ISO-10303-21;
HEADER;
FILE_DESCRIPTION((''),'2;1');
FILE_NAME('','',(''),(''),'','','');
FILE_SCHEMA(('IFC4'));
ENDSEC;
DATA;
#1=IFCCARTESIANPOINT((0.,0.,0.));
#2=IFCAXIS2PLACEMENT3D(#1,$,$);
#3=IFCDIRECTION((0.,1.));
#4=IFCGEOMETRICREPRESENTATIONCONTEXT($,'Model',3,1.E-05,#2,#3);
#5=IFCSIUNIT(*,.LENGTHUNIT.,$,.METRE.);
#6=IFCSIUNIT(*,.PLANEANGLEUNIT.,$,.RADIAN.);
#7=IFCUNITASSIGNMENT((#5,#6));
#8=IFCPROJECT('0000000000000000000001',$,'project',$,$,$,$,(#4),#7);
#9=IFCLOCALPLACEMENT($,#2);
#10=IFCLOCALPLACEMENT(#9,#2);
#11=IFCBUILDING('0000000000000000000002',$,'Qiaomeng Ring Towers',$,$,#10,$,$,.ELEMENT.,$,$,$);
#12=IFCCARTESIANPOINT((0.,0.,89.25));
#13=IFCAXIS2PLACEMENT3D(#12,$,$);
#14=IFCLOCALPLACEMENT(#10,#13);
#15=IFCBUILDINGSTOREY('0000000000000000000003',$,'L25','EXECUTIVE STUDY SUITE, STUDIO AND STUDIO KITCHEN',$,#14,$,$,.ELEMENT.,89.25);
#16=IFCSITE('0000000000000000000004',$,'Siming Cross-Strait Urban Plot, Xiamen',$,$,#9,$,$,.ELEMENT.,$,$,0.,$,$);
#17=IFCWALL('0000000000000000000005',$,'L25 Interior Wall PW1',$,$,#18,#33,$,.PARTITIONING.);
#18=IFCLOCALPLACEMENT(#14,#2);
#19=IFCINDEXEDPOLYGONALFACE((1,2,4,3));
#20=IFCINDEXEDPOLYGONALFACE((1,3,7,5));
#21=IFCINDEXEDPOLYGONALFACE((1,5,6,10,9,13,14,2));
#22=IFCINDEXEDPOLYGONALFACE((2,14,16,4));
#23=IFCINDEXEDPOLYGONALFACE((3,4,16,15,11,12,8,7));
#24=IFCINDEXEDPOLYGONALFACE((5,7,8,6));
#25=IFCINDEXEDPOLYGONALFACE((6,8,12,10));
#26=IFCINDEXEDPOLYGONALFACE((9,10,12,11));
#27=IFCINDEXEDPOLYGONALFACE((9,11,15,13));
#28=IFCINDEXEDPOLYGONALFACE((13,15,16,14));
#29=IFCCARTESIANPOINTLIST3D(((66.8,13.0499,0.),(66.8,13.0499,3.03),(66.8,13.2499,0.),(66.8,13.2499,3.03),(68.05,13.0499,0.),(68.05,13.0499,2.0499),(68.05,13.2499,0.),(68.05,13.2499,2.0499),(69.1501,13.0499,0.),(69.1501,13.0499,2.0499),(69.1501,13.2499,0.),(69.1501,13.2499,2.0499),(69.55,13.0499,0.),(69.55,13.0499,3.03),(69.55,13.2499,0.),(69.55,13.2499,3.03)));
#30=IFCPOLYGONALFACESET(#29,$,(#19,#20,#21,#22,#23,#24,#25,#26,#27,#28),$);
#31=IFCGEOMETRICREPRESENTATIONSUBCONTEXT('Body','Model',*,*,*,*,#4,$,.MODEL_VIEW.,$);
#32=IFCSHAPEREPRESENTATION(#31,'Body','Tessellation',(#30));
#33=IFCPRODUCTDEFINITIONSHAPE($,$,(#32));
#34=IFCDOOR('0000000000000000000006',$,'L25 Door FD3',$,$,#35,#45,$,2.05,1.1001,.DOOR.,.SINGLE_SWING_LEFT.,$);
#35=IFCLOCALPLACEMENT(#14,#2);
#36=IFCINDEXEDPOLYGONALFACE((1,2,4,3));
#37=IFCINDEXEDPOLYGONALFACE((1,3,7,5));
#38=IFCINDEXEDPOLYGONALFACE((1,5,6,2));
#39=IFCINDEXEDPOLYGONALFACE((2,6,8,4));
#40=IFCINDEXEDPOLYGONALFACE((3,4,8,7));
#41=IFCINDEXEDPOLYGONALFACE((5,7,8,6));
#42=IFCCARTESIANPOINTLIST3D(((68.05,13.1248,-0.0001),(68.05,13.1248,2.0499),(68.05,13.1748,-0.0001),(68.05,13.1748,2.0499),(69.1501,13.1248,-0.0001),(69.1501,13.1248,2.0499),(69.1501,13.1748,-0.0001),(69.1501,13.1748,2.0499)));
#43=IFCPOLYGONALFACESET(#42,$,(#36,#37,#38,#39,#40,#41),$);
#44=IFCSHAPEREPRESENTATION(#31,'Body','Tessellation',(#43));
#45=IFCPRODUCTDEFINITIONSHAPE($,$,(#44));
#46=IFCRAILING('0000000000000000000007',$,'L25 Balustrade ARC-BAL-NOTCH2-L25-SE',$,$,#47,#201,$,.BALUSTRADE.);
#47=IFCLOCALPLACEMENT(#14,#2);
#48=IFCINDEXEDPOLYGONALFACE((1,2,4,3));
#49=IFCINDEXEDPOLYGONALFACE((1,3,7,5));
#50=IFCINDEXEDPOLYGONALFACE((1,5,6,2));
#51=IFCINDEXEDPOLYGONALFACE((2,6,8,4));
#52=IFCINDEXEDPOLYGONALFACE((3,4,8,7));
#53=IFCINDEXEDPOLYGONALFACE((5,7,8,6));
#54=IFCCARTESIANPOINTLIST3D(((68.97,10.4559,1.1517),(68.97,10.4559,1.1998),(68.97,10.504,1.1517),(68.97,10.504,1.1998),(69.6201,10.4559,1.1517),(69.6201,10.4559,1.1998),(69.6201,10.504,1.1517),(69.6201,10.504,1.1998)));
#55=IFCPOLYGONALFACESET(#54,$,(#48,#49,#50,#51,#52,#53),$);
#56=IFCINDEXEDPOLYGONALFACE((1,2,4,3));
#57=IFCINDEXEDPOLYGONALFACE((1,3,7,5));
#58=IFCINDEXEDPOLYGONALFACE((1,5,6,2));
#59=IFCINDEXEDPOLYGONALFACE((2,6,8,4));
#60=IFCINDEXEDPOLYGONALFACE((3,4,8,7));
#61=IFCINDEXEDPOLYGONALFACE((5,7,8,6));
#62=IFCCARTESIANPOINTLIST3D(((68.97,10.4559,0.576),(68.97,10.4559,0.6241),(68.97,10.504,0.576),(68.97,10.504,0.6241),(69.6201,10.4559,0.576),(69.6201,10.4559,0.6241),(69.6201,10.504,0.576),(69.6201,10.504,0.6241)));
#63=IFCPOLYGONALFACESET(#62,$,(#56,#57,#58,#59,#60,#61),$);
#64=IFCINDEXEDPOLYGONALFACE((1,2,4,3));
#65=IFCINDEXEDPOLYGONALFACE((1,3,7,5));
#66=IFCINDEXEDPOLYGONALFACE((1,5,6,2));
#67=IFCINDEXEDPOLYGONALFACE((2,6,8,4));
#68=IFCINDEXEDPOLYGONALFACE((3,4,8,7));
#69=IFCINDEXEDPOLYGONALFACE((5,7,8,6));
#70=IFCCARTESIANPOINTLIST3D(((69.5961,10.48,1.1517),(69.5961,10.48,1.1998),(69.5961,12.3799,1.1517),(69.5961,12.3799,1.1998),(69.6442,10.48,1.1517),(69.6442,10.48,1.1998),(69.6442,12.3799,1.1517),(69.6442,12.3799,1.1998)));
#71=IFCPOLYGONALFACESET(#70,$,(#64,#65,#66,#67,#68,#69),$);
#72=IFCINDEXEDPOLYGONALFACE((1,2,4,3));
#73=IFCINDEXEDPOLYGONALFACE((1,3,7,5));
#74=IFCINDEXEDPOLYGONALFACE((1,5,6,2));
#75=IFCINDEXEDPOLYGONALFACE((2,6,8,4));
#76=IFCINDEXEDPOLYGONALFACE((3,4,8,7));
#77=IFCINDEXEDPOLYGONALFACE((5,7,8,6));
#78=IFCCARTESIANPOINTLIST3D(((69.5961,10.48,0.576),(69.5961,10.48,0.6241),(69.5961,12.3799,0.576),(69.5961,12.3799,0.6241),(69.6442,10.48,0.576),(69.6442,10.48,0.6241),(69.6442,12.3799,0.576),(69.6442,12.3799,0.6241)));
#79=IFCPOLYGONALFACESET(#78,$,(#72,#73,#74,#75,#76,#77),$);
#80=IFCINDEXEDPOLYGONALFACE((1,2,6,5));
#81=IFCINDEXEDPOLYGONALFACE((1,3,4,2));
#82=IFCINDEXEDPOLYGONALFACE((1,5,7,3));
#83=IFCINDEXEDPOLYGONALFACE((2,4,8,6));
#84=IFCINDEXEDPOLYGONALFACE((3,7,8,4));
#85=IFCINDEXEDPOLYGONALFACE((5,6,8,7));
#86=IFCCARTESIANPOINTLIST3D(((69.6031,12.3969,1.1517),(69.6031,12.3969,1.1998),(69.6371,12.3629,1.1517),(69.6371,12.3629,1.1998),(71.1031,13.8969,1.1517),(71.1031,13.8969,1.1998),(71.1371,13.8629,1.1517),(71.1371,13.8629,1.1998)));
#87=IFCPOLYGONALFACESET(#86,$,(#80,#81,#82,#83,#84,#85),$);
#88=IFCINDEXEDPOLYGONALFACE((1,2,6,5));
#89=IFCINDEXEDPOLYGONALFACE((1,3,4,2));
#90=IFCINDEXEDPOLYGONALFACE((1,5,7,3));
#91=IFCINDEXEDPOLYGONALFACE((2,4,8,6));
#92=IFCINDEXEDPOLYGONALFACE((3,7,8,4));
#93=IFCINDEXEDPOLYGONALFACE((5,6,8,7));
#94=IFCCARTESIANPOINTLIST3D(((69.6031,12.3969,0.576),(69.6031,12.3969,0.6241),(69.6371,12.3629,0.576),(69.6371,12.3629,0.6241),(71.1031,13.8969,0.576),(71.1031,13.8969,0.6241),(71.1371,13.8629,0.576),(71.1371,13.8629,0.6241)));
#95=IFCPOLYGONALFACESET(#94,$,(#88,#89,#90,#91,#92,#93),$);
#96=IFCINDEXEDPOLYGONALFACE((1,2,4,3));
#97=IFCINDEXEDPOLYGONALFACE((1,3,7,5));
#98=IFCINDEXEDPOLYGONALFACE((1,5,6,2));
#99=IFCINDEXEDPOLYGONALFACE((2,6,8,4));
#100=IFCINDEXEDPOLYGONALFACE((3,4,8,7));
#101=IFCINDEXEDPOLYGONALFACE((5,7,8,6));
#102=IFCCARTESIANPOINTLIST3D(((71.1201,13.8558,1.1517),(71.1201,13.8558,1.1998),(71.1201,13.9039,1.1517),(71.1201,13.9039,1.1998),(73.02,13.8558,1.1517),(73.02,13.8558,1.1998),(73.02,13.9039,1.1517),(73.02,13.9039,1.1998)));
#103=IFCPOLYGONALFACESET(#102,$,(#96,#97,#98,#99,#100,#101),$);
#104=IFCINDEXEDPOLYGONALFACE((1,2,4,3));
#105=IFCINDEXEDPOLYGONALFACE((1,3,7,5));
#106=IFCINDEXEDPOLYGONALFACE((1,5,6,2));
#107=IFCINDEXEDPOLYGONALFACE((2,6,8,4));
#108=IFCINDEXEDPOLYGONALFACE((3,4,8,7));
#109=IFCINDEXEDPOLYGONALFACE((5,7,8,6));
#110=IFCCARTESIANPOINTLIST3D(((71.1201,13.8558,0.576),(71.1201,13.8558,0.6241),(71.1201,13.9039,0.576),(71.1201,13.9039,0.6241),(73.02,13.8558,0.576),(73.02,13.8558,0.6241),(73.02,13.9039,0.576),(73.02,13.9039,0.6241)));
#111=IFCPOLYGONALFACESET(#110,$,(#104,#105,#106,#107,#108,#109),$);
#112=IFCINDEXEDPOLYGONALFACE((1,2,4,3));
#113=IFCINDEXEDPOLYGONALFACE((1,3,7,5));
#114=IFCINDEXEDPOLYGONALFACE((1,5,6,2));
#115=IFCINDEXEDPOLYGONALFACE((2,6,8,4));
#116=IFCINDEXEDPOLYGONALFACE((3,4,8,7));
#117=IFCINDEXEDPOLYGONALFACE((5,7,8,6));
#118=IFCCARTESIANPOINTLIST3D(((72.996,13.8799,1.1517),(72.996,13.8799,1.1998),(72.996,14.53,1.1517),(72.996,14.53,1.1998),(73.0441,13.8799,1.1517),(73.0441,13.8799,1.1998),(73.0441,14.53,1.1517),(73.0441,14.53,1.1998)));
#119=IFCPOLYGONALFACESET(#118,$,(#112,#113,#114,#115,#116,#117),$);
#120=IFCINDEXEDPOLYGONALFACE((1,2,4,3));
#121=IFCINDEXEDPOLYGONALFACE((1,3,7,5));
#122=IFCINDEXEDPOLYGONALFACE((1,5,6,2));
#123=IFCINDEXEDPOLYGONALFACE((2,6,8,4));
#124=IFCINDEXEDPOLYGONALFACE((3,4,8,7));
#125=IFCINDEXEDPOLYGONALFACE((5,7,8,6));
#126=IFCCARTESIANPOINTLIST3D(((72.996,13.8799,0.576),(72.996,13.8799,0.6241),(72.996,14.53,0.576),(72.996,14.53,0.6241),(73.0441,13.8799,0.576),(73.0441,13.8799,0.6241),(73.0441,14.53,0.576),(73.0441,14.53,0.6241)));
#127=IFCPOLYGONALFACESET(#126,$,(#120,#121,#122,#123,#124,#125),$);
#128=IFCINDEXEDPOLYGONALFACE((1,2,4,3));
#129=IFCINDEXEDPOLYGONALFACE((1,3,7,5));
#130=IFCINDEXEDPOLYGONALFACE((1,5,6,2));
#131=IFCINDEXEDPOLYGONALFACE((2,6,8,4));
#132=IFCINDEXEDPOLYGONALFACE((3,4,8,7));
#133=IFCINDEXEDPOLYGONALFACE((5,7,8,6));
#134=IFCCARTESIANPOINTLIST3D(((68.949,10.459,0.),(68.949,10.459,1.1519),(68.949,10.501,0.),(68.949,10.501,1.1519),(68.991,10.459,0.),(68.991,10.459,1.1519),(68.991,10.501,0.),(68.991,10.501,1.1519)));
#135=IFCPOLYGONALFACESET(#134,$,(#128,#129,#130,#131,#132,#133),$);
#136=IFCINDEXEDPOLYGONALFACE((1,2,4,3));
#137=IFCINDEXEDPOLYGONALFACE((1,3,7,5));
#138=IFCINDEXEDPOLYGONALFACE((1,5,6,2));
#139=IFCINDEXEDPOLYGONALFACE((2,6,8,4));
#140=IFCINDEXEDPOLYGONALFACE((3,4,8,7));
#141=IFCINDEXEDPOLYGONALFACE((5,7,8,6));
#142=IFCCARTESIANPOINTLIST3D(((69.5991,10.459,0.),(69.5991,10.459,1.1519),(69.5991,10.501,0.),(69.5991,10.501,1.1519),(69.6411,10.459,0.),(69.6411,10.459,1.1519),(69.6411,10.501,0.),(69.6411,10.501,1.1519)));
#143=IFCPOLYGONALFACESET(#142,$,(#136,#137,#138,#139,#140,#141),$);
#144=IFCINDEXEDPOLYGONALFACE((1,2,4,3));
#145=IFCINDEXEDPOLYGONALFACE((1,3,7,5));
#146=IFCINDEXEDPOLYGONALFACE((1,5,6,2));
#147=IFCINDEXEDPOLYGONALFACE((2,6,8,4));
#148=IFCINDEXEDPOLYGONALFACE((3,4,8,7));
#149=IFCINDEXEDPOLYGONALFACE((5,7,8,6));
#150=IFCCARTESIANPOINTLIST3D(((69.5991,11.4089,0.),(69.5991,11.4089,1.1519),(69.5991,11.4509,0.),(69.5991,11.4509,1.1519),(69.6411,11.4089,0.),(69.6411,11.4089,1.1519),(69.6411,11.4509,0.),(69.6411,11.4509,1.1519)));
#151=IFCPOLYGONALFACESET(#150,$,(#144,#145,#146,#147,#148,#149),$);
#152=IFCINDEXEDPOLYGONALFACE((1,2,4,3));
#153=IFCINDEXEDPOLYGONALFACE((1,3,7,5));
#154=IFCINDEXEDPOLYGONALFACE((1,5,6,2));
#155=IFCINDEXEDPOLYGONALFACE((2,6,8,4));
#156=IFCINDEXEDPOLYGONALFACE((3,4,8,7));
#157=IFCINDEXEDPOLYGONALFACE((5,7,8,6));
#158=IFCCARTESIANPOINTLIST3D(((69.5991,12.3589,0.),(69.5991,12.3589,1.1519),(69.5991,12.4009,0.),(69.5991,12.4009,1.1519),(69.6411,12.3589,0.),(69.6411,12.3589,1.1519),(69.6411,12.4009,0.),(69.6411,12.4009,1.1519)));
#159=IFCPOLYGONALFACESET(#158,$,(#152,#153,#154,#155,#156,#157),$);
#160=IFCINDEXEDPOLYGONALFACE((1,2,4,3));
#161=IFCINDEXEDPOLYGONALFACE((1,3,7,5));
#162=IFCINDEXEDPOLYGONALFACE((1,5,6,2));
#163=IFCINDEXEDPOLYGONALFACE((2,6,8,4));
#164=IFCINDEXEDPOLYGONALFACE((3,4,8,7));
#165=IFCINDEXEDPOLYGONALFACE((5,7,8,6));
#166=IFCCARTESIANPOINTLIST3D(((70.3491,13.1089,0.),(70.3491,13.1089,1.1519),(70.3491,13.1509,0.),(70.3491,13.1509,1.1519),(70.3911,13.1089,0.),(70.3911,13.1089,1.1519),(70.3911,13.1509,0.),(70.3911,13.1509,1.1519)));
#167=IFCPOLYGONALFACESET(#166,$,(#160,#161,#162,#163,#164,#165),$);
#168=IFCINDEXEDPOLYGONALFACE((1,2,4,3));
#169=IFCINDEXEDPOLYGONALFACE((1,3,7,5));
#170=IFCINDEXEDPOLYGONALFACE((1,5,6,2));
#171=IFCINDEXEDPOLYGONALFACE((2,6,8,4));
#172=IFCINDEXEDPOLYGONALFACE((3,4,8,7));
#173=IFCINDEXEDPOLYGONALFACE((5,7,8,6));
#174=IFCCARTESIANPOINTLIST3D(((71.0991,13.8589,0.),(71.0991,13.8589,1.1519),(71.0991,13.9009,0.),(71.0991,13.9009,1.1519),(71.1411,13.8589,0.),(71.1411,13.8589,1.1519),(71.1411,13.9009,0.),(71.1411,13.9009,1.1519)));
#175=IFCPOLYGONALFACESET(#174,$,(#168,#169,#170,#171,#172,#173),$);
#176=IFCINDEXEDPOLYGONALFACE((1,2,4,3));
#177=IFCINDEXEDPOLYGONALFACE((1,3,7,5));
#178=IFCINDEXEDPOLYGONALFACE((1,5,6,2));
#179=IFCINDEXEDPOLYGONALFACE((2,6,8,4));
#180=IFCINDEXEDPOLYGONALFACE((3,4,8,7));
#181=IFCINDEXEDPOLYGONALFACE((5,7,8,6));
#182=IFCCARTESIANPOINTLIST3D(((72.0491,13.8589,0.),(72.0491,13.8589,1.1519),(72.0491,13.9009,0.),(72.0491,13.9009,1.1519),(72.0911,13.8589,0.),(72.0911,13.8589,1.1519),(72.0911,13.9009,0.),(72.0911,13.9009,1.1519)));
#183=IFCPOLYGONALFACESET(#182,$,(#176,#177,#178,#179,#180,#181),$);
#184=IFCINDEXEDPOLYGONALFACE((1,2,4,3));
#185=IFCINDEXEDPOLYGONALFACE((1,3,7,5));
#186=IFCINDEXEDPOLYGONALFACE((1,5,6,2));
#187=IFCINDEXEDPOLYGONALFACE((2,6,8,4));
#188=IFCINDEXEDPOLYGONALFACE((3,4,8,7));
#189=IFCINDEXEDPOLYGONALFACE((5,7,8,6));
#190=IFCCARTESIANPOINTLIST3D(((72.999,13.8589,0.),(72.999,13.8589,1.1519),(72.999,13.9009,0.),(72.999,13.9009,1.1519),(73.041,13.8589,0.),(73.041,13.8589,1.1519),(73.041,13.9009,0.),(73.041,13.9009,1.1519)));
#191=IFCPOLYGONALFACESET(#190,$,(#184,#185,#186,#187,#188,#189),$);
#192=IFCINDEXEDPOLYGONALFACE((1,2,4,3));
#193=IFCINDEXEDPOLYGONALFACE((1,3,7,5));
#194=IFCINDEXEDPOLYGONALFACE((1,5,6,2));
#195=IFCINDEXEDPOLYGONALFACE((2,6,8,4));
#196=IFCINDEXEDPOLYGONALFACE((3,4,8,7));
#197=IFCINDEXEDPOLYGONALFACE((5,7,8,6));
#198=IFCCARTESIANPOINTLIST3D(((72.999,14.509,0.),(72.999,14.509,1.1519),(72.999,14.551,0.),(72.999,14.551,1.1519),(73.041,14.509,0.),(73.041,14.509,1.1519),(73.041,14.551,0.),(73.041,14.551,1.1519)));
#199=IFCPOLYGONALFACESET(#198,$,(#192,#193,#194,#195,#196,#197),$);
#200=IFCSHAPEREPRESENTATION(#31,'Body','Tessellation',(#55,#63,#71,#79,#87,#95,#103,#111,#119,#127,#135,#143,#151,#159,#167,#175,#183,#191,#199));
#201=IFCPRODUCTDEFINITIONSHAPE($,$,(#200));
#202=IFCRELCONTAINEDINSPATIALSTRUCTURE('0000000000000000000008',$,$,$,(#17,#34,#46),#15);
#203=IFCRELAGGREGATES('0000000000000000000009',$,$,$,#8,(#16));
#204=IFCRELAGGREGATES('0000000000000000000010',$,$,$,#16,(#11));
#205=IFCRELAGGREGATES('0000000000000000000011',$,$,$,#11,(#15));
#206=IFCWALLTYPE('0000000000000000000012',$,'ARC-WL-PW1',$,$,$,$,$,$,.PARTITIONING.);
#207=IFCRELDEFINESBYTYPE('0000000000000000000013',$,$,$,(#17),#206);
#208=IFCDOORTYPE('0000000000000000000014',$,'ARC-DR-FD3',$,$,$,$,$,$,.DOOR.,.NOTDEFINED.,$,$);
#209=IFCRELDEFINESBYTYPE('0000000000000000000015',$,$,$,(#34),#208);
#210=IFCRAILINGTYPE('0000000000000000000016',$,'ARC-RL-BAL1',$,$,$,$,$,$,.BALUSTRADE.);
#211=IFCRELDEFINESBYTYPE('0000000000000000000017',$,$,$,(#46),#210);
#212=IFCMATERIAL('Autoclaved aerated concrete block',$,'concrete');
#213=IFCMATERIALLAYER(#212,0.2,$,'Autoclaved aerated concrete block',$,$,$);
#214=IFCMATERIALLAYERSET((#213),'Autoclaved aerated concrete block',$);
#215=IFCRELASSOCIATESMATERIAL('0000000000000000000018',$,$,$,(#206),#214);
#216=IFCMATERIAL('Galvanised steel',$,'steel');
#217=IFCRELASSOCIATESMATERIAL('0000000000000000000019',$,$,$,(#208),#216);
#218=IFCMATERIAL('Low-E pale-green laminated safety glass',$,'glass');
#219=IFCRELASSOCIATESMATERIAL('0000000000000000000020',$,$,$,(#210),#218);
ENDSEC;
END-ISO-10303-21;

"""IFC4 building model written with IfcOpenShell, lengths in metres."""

from ifc_helpers import new_model, si_unit, direction, frame, frame_2d, origin, origin_2d, place, context, subcontext, project, spatial, rectangle, extrude, source, transform, mapped, material, layer, layer_set, type_object, element, fill, save


model = new_model("IFC4")

# Units and contexts
model_context = context("Model", 3, precision=1e-05, world=origin(), true_north=direction((0.0, 1.0)))
body_context = subcontext(model_context, "Body", "Model", "MODEL_VIEW")
ifc_project = project(units=[si_unit("LENGTHUNIT", "METRE"), si_unit("PLANEANGLEUNIT", "RADIAN")], contexts=[model_context])

# Site, building, storey
site_placement = place(None, origin())
site = spatial("IfcSite", under=ifc_project, at=site_placement, Name="Siming Cross-Strait Urban Plot, Xiamen", CompositionType="ELEMENT", RefElevation=0.0)
building_placement = place(site_placement, origin())
building = spatial("IfcBuilding", under=site, at=building_placement, Name="Qiaomeng Ring Towers", CompositionType="ELEMENT")
storey_placement = place(building_placement, frame((0.0, 0.0, 89.25)))
storey = spatial("IfcBuildingStorey", under=building, at=storey_placement, Name="L25", Description="EXECUTIVE STUDY SUITE, STUDIO AND STUDIO KITCHEN", CompositionType="ELEMENT", Elevation=89.25)

# Shared definitions
ifc_material_1 = material(Name="Autoclaved aerated concrete block", Category="concrete")
ifc_layer_1 = layer(ifc_material_1, 0.2, Name="Autoclaved aerated concrete block")
ifc_layer_set_1 = layer_set([ifc_layer_1], Name="Autoclaved aerated concrete block")
wall_type_1 = type_object("IfcWallType", Name="ARC-WL-PW1", PredefinedType="PARTITIONING", material=ifc_layer_set_1)

# Wall, opening, door
wall_1_placement = place(storey_placement, frame((66.8, 13.1499, 0.0), z_axis=(0.0, 0.0, 1.0), x_axis=(1.0, 0.0, 0.0)))
wall_1 = element("IfcWall", 1, at=wall_1_placement, inside=storey, type_object=wall_type_1, Name="L25 Interior Wall PW1", PredefinedType="PARTITIONING", context=body_context, shape_type="SweptSolid", body=[
    extrude(rectangle(XDim=2.75, YDim=0.2, at=frame_2d((1.375, 0.0))), origin(), (0.0, 0.0, 1.0), 3.03),
])
opening_1_placement = place(wall_1_placement, frame((1.25, 0.0, 0.0)))
opening_1 = element("IfcOpeningElement", 2, at=opening_1_placement, cuts=wall_1, PredefinedType="OPENING", context=body_context, shape_type="SweptSolid", body=[
    extrude(rectangle(XDim=1.1001, YDim=2.05, at=frame_2d((0.55, 1.0249))), frame((0.0, 0.1099, 0.0), z_axis=(0.0, -1.0, 0.0), x_axis=(1.0, 0.0, 0.0)), (0.0, 0.0, 1.0), 0.22),
])
ifc_material_2 = material(Name="Galvanised steel", Category="steel")
door_type_1 = type_object("IfcDoorType", Name="ARC-DR-FD3", OperationType="NOTDEFINED", PredefinedType="DOOR", material=ifc_material_2)
shared_shape_1 = source(origin(), body_context, "Body", "SweptSolid", [
    extrude(rectangle(XDim=1.1001, YDim=2.05, at=frame_2d((0.55, 1.0249))), frame((0.0, 0.0249, 0.0), z_axis=(0.0, -1.0, 0.0), x_axis=(1.0, 0.0, 0.0)), (0.0, 0.0, 1.0), 0.05),
])
door_1_placement = place(opening_1_placement, origin())
door_1 = element("IfcDoor", 3, at=door_1_placement, inside=storey, type_object=door_type_1, Name="L25 Door FD3", OperationType="SINGLE_SWING_LEFT", OverallHeight=2.05, OverallWidth=1.1001, PredefinedType="DOOR", context=body_context, shape_type="MappedRepresentation", body=[
    mapped(shared_shape_1, transform((0.0, 0.0, 0.0), x_axis=(1.0, 0.0, 0.0), y_axis=(0.0, 1.0, 0.0), z_axis=(0.0, 0.0, 1.0), scale=1.0)),
])
fill(opening_1, door_1)

# Railing
ifc_material_3 = material(Name="Low-E pale-green laminated safety glass", Category="glass")
railing_type = type_object("IfcRailingType", Name="ARC-RL-BAL1", PredefinedType="BALUSTRADE", material=ifc_material_3)
railing_placement = place(storey_placement, frame((68.97, 10.48, 0.0)))
element("IfcRailing", 4, at=railing_placement, inside=storey, type_object=railing_type, Name="L25 Balustrade ARC-BAL-NOTCH2-L25-SE", PredefinedType="BALUSTRADE", context=body_context, shape_type="SweptSolid", body=[
    extrude(rectangle(XDim=0.0481, YDim=0.0481, at=origin_2d()), frame((0.0, 0.0, 1.1758), z_axis=(1.0, 0.0, 0.0), x_axis=(0.0, 1.0, 0.0)), (0.0, 0.0, 1.0), 0.6501),
    extrude(rectangle(XDim=0.0481, YDim=0.0481, at=origin_2d()), frame((0.0, 0.0, 0.6001), z_axis=(1.0, 0.0, 0.0), x_axis=(0.0, 1.0, 0.0)), (0.0, 0.0, 1.0), 0.6501),
    extrude(rectangle(XDim=0.0481, YDim=0.0481, at=origin_2d()), frame((0.6501, 0.0, 1.1758), z_axis=(0.0, 1.0, 0.0), x_axis=(-1.0, 0.0, 0.0)), (0.0, 0.0, 1.0), 1.8999),
    extrude(rectangle(XDim=0.0481, YDim=0.0481, at=origin_2d()), frame((0.6501, 0.0, 0.6001), z_axis=(0.0, 1.0, 0.0), x_axis=(-1.0, 0.0, 0.0)), (0.0, 0.0, 1.0), 1.8999),
    extrude(rectangle(XDim=0.0481, YDim=0.0481, at=origin_2d()), frame((0.6501, 1.8999, 1.1758), z_axis=(0.707107, 0.707107, 0.0), x_axis=(-0.707107, 0.707107, 0.0)), (0.0, 0.0, 1.0), 2.1213),
    extrude(rectangle(XDim=0.0481, YDim=0.0481, at=origin_2d()), frame((0.6501, 1.8999, 0.6001), z_axis=(0.707107, 0.707107, 0.0), x_axis=(-0.707107, 0.707107, 0.0)), (0.0, 0.0, 1.0), 2.1213),
    extrude(rectangle(XDim=0.0481, YDim=0.0481, at=origin_2d()), frame((2.1501, 3.3999, 1.1758), z_axis=(1.0, 0.0, 0.0), x_axis=(0.0, 1.0, 0.0)), (0.0, 0.0, 1.0), 1.8999),
    extrude(rectangle(XDim=0.0481, YDim=0.0481, at=origin_2d()), frame((2.1501, 3.3999, 0.6001), z_axis=(1.0, 0.0, 0.0), x_axis=(0.0, 1.0, 0.0)), (0.0, 0.0, 1.0), 1.8999),
    extrude(rectangle(XDim=0.0481, YDim=0.0481, at=origin_2d()), frame((4.05, 3.3999, 1.1758), z_axis=(0.0, 1.0, 0.0), x_axis=(-1.0, 0.0, 0.0)), (0.0, 0.0, 1.0), 0.6501),
    extrude(rectangle(XDim=0.0481, YDim=0.0481, at=origin_2d()), frame((4.05, 3.3999, 0.6001), z_axis=(0.0, 1.0, 0.0), x_axis=(-1.0, 0.0, 0.0)), (0.0, 0.0, 1.0), 0.6501),
    extrude(rectangle(XDim=0.042, YDim=0.042, at=origin_2d()), origin(), (0.0, 0.0, 1.0), 1.1519),
    extrude(rectangle(XDim=0.042, YDim=0.042, at=origin_2d()), frame((0.6501, 0.0, 0.0)), (0.0, 0.0, 1.0), 1.1519),
    extrude(rectangle(XDim=0.042, YDim=0.042, at=origin_2d()), frame((0.6501, 0.95, 0.0)), (0.0, 0.0, 1.0), 1.1519),
    extrude(rectangle(XDim=0.042, YDim=0.042, at=origin_2d()), frame((0.6501, 1.8999, 0.0)), (0.0, 0.0, 1.0), 1.1519),
    extrude(rectangle(XDim=0.042, YDim=0.042, at=origin_2d()), frame((1.4001, 2.6499, 0.0)), (0.0, 0.0, 1.0), 1.1519),
    extrude(rectangle(XDim=0.042, YDim=0.042, at=origin_2d()), frame((2.1501, 3.3999, 0.0)), (0.0, 0.0, 1.0), 1.1519),
    extrude(rectangle(XDim=0.042, YDim=0.042, at=origin_2d()), frame((3.1001, 3.3999, 0.0)), (0.0, 0.0, 1.0), 1.1519),
    extrude(rectangle(XDim=0.042, YDim=0.042, at=origin_2d()), frame((4.05, 3.3999, 0.0)), (0.0, 0.0, 1.0), 1.1519),
    extrude(rectangle(XDim=0.042, YDim=0.042, at=origin_2d()), frame((4.05, 4.05, 0.0)), (0.0, 0.0, 1.0), 1.1519),
])

save(model, "model.ifc")
